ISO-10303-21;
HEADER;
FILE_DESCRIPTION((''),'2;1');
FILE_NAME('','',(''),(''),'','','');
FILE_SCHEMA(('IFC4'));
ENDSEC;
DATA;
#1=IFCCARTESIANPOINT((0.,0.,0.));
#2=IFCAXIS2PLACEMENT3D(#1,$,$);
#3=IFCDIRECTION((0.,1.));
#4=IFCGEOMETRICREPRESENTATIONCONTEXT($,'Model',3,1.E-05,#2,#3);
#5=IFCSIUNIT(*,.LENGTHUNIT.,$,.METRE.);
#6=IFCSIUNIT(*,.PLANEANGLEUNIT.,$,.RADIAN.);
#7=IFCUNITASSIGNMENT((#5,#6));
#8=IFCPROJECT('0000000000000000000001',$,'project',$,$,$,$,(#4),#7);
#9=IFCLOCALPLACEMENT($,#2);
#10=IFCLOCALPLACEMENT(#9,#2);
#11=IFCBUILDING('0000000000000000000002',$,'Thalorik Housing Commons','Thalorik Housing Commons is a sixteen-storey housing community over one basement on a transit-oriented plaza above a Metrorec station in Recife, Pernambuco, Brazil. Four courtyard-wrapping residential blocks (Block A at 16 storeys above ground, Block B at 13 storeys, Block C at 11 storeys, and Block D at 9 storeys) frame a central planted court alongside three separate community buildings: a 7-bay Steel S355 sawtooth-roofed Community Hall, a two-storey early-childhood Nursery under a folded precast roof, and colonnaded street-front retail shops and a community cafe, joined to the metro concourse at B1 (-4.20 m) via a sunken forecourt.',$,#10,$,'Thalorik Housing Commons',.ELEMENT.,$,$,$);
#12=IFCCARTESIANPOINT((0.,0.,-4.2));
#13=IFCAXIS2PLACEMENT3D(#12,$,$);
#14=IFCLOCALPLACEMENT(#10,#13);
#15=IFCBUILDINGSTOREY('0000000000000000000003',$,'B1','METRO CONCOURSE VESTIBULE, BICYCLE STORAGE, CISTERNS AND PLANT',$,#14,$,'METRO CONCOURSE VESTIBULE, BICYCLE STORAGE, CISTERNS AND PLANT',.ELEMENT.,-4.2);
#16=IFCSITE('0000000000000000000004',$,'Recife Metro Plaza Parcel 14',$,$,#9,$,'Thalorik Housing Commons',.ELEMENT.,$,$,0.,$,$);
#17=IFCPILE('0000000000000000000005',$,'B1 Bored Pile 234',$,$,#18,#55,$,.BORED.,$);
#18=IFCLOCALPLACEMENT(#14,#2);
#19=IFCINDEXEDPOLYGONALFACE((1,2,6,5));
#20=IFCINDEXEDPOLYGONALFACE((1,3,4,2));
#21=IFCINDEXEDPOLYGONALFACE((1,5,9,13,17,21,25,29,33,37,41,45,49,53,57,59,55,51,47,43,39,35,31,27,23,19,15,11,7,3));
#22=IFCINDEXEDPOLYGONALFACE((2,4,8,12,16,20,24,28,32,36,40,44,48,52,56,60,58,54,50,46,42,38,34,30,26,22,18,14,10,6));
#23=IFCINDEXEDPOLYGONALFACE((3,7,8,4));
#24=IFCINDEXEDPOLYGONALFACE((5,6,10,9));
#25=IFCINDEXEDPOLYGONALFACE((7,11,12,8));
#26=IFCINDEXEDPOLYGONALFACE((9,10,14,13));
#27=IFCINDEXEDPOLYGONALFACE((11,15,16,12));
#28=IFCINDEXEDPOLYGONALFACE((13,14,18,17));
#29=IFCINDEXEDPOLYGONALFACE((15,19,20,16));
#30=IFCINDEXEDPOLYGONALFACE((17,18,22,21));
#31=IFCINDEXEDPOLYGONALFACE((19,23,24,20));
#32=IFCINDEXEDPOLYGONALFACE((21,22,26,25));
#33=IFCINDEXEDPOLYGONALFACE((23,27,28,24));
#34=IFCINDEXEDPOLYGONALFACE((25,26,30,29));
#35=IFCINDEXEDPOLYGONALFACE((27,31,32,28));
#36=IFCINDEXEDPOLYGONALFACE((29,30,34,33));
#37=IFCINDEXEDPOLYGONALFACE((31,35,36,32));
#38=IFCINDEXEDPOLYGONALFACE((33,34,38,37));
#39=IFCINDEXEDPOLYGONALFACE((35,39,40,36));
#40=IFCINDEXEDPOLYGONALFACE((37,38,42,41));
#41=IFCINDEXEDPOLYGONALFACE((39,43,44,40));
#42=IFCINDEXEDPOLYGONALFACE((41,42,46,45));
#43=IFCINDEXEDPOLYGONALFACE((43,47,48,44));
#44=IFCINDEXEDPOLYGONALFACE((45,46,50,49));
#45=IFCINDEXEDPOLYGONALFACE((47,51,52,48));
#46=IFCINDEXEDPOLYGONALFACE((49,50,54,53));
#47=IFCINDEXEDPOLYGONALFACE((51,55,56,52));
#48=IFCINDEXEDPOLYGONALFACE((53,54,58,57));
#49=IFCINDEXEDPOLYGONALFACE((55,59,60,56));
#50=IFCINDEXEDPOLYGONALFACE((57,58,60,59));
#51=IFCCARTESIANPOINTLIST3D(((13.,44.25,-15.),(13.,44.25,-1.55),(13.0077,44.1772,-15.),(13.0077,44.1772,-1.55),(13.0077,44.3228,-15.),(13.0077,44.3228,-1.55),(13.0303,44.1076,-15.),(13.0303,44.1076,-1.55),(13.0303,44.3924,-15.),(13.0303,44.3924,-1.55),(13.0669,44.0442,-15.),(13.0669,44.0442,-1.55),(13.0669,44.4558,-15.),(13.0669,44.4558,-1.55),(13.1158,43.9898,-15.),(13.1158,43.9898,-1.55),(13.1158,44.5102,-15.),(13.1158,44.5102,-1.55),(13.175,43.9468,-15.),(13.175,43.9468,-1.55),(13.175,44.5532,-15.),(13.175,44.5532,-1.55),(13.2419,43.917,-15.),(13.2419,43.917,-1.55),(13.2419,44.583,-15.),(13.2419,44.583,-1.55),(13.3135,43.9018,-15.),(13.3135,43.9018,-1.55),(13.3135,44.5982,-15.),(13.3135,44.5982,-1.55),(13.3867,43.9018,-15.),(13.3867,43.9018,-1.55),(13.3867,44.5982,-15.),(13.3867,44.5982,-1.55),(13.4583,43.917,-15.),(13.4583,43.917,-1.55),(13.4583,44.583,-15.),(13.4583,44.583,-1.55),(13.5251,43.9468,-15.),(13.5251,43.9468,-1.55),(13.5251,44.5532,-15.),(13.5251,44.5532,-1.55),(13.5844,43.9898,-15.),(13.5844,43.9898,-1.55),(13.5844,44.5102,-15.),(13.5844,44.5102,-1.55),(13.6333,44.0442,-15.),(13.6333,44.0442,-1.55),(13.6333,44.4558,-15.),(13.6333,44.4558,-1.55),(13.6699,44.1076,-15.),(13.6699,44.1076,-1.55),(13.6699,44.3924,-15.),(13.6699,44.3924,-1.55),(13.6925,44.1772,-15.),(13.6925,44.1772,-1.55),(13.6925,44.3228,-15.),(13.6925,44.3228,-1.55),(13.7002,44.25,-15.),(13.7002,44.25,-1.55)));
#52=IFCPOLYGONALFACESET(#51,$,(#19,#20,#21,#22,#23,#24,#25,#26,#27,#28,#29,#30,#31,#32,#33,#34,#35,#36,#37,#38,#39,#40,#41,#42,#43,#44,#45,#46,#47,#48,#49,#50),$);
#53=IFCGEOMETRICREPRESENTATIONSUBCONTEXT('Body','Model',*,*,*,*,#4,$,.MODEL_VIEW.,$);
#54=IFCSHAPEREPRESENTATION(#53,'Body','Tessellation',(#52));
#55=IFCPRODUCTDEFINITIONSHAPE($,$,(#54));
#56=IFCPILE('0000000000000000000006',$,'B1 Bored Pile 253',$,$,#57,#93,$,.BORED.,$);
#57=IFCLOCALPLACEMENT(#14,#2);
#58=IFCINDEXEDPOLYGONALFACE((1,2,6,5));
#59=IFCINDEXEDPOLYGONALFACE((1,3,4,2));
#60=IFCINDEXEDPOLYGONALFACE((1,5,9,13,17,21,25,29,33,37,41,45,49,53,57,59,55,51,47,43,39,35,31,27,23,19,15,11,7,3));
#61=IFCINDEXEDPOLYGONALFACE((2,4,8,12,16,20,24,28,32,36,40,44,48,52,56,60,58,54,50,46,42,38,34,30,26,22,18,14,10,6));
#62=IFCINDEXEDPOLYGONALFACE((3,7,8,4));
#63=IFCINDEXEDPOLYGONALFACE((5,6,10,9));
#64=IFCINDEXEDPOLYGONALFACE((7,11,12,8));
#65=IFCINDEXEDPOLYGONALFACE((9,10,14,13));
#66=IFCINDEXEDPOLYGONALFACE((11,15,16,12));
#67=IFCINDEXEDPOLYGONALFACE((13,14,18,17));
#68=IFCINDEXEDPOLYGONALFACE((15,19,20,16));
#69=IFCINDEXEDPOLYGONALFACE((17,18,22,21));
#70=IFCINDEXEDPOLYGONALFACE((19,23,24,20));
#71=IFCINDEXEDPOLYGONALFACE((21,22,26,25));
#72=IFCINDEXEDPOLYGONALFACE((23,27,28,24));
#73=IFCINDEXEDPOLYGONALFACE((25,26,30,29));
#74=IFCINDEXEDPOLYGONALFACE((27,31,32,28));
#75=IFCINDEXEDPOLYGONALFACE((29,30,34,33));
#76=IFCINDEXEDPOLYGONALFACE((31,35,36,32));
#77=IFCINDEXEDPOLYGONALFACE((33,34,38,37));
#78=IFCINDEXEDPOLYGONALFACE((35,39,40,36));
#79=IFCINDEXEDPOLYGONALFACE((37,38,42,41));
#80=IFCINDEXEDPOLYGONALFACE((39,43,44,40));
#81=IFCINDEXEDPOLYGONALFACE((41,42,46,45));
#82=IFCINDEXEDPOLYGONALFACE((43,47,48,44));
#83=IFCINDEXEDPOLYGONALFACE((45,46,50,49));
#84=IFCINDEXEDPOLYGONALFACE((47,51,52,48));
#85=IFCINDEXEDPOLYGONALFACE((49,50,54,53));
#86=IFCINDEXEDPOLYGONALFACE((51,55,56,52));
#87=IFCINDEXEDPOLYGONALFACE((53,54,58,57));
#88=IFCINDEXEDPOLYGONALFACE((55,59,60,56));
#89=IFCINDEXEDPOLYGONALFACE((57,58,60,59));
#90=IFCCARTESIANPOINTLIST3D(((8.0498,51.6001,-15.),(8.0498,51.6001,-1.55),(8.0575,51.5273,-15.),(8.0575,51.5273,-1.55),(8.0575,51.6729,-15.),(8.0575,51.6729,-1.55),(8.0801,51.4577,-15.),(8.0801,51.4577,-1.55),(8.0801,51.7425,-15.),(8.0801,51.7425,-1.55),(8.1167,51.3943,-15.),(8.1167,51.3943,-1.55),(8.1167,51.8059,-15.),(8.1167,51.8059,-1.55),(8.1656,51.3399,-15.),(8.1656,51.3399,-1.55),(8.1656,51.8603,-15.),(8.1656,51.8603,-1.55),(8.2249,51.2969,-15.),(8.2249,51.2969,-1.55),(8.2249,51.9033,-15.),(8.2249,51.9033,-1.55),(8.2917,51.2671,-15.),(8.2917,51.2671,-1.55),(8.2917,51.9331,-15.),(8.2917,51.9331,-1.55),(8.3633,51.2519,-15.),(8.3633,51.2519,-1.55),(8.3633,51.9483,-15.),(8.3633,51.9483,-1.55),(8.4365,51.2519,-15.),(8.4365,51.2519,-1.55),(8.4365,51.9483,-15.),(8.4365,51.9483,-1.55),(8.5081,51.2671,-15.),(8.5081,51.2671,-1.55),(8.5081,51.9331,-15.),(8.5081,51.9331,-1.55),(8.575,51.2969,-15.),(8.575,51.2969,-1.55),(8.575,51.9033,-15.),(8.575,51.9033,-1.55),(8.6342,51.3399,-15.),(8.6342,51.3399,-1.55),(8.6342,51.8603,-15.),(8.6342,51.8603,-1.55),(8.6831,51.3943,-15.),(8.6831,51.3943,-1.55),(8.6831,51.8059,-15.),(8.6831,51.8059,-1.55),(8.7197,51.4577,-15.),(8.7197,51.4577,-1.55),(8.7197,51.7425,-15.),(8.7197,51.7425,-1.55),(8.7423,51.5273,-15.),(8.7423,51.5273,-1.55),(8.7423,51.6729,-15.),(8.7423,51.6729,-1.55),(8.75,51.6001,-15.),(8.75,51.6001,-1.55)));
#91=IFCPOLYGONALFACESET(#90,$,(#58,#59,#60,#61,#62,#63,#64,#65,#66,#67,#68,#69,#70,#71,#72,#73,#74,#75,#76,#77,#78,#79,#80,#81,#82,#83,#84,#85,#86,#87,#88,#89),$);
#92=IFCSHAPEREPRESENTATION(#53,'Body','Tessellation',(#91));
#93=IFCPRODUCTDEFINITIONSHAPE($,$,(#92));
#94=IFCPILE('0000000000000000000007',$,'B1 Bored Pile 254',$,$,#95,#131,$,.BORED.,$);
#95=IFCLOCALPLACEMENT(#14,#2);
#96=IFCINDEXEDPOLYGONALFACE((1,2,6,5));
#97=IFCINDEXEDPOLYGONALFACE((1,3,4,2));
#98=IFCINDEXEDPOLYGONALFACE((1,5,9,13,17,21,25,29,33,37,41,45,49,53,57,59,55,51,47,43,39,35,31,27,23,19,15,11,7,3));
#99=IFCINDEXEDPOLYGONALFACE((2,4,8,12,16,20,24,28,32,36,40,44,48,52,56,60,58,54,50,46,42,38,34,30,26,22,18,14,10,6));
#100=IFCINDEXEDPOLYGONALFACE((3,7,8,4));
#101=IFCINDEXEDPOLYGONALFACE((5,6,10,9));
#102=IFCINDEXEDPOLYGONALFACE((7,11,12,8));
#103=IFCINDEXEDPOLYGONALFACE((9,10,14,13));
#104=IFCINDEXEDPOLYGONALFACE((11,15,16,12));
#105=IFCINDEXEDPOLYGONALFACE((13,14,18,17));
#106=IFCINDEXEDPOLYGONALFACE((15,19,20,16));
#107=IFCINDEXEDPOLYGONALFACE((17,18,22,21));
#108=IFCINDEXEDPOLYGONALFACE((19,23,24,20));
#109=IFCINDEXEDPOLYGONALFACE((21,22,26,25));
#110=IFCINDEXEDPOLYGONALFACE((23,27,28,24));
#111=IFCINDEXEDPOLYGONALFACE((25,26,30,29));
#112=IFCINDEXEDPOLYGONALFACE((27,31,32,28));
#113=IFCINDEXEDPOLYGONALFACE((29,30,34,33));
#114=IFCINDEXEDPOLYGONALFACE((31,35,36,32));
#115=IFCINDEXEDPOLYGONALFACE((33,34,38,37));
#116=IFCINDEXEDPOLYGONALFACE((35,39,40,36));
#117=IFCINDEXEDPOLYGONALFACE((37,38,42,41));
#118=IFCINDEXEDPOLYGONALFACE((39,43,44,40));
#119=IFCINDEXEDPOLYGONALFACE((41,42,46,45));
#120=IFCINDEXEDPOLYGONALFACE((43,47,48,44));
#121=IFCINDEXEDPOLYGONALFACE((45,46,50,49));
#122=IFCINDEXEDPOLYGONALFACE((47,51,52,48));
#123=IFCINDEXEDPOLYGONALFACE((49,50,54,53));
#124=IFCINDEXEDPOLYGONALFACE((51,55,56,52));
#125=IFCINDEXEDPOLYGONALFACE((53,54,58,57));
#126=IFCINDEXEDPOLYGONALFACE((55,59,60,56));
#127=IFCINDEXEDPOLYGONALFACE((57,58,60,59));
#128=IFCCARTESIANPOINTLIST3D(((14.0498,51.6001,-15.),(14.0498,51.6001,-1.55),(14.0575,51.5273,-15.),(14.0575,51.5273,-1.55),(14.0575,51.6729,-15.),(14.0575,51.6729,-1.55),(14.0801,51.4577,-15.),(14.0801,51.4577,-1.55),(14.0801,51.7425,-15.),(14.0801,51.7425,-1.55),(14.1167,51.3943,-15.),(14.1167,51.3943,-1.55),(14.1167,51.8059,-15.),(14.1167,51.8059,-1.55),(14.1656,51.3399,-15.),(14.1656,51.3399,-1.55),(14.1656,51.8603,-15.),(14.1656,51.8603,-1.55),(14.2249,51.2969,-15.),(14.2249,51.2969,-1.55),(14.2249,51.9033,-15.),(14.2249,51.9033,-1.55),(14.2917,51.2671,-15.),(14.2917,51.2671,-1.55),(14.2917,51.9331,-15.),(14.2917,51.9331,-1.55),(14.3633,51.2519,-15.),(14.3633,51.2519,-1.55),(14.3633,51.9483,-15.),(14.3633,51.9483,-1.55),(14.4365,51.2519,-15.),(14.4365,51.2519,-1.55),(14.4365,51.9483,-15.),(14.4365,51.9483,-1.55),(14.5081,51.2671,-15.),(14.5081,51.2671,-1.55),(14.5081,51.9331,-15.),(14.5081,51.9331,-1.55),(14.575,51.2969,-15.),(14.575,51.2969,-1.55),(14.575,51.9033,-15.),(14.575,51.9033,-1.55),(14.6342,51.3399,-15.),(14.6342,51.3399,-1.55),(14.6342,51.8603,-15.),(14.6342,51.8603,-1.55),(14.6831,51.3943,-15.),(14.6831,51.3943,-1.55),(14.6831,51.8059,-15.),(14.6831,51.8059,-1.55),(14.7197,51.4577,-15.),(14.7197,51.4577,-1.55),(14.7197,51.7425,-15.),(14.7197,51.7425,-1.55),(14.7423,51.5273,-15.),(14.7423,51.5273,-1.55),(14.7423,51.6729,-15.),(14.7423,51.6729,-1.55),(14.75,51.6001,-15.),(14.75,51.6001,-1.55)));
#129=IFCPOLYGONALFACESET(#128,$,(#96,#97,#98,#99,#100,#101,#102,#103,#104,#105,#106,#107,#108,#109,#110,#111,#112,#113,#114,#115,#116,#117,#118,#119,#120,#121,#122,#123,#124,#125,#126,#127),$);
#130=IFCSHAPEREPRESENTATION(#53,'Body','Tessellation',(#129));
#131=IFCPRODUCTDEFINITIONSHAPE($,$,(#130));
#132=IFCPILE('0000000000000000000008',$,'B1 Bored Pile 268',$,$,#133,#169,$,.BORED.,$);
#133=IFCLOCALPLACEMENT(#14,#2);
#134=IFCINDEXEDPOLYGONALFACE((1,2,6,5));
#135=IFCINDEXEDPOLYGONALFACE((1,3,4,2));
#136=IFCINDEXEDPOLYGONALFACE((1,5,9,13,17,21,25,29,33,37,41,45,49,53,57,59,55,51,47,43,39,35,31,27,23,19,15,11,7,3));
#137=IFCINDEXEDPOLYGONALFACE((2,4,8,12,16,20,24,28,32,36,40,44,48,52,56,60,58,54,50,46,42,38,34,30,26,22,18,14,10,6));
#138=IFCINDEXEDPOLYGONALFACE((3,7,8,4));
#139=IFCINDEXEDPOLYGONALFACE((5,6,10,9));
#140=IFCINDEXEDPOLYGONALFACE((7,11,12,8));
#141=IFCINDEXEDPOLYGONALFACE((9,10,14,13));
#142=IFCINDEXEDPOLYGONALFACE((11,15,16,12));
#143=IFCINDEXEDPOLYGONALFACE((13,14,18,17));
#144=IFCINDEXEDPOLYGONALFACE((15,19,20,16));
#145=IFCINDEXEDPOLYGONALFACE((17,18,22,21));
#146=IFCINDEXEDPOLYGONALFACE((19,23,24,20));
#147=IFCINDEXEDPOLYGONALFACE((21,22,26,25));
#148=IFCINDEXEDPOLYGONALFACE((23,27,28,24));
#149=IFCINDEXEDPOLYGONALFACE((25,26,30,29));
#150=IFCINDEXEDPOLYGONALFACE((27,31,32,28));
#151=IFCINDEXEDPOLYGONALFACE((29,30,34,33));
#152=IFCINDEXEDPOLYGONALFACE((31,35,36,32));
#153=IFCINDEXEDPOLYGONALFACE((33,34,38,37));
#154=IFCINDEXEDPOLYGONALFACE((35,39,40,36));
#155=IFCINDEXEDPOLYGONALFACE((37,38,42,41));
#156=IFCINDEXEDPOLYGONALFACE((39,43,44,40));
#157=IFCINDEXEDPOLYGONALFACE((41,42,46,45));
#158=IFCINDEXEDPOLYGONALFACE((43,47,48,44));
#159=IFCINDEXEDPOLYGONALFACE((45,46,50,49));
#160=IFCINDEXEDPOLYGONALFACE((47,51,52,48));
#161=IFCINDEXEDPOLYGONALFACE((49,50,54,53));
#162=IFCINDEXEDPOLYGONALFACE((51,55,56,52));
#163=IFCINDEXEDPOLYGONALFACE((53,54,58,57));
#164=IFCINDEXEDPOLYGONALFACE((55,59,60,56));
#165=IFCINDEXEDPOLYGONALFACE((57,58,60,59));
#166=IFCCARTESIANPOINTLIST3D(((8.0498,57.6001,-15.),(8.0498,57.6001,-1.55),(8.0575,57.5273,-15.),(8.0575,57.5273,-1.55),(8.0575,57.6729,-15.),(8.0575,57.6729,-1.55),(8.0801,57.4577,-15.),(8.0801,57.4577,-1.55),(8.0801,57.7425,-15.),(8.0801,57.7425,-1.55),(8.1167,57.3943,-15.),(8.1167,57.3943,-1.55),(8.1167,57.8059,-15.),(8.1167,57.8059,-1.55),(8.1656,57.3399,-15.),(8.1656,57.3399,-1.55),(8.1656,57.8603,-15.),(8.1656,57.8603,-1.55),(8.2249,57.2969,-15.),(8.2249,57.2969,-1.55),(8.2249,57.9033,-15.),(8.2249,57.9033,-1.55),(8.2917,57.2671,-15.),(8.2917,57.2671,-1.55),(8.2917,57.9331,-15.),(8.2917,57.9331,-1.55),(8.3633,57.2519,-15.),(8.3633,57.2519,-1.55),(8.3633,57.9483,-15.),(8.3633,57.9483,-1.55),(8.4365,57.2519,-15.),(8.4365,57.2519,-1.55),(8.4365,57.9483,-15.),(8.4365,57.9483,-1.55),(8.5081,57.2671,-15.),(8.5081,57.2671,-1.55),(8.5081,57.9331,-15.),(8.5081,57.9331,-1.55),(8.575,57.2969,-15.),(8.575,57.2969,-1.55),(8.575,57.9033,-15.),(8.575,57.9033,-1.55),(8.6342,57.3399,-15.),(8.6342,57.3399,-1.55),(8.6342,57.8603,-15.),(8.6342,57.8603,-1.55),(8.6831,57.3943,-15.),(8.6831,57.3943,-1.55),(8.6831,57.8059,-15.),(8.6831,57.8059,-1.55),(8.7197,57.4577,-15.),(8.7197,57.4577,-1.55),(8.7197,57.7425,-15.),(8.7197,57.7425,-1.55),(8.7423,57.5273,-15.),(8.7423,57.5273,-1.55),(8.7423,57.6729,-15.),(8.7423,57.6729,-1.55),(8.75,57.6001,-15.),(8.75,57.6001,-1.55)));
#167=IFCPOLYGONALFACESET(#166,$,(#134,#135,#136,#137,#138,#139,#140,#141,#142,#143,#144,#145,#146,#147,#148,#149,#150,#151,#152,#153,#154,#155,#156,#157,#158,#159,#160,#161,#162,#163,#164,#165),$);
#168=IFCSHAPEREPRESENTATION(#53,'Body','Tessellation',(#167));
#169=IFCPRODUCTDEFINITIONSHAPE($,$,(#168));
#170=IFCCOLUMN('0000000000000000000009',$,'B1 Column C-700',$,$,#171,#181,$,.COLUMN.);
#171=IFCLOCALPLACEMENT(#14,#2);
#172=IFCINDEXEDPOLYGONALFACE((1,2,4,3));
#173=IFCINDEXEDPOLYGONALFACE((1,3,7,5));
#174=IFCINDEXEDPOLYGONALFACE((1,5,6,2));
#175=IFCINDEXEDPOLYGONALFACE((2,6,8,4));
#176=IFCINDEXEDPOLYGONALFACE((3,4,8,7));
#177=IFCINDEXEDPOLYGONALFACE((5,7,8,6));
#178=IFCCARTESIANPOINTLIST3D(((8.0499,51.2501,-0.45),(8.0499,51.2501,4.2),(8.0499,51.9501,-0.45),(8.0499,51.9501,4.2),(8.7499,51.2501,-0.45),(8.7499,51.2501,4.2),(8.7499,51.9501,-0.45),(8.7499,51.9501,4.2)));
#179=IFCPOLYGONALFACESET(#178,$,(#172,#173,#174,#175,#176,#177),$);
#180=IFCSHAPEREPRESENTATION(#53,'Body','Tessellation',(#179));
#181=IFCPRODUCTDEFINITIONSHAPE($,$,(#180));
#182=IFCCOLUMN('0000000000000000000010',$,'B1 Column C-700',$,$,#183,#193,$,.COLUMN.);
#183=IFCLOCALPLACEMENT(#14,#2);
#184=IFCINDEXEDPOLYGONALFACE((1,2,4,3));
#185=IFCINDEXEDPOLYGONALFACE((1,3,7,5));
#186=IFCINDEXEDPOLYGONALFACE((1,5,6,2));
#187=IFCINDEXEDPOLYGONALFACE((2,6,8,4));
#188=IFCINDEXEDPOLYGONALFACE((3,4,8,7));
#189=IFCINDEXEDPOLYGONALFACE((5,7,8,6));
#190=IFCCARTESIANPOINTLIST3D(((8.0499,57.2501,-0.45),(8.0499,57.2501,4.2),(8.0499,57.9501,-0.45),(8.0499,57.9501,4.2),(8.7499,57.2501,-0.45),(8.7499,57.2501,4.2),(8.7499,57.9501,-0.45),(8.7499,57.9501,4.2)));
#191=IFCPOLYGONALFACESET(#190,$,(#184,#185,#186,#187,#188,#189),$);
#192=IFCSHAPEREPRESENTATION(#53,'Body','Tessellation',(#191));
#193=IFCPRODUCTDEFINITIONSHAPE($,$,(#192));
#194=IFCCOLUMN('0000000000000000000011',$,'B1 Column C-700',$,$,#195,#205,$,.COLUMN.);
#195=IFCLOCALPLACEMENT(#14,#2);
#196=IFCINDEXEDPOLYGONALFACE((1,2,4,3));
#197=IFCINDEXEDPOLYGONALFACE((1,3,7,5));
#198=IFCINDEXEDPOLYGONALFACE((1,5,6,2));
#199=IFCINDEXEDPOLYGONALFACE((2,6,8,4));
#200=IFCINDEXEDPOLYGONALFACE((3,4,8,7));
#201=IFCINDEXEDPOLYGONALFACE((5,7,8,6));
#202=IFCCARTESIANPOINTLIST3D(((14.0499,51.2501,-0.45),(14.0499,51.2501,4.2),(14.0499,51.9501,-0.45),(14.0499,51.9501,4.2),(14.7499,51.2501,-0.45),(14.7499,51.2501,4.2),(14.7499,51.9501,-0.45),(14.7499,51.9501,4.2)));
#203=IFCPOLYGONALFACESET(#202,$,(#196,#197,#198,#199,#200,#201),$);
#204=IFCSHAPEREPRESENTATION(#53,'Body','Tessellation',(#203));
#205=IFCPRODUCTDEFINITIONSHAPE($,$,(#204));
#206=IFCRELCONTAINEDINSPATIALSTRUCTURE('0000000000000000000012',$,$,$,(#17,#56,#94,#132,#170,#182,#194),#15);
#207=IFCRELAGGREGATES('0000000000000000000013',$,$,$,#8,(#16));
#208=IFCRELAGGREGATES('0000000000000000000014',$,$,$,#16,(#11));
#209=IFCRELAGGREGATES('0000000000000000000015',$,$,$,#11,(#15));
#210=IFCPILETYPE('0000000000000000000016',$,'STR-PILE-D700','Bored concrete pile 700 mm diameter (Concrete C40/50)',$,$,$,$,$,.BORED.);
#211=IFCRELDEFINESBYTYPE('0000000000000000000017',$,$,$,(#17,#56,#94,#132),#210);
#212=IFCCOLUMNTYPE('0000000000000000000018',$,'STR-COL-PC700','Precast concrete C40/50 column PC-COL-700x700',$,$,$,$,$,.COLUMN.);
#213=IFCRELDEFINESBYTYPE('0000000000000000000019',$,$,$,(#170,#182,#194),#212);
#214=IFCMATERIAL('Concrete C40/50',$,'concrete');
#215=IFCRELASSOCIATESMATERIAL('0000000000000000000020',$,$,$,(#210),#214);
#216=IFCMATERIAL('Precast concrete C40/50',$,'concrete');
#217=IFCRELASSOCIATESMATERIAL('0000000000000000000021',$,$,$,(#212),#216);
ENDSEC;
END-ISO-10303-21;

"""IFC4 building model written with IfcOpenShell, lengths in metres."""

from ifc_helpers import new_model, si_unit, direction, frame, origin, origin_2d, place, context, subcontext, project, spatial, rectangle, circle, extrude, material, material_profile, profile_set, type_object, element, save


model = new_model("IFC4")

# Units and contexts
model_context = context("Model", 3, precision=1e-05, world=origin(), true_north=direction((0.0, 1.0)))
body_context = subcontext(model_context, "Body", "Model", "MODEL_VIEW")
ifc_project = project(units=[si_unit("LENGTHUNIT", "METRE"), si_unit("PLANEANGLEUNIT", "RADIAN")], contexts=[model_context])

# Site, building, storey
site_placement = place(None, origin())
site = spatial("IfcSite", under=ifc_project, at=site_placement, Name="Recife Metro Plaza Parcel 14", LongName="Thalorik Housing Commons", CompositionType="ELEMENT", RefElevation=0.0)
building_placement = place(site_placement, origin())
building = spatial("IfcBuilding", under=site, at=building_placement, Name="Thalorik Housing Commons", Description="Thalorik Housing Commons is a sixteen-storey housing community over one basement on a transit-oriented plaza above a Metrorec station in Recife, Pernambuco, Brazil. Four courtyard-wrapping residential blocks (Block A at 16 storeys above ground, Block B at 13 storeys, Block C at 11 storeys, and Block D at 9 storeys) frame a central planted court alongside three separate community buildings: a 7-bay Steel S355 sawtooth-roofed Community Hall, a two-storey early-childhood Nursery under a folded precast roof, and colonnaded street-front retail shops and a community cafe, joined to the metro concourse at B1 (-4.20 m) via a sunken forecourt.", LongName="Thalorik Housing Commons", CompositionType="ELEMENT")
storey_placement = place(building_placement, frame((0.0, 0.0, -4.2)))
storey = spatial("IfcBuildingStorey", under=building, at=storey_placement, Name="B1", Description="METRO CONCOURSE VESTIBULE, BICYCLE STORAGE, CISTERNS AND PLANT", LongName="METRO CONCOURSE VESTIBULE, BICYCLE STORAGE, CISTERNS AND PLANT", CompositionType="ELEMENT", Elevation=-4.2)

# Shared definitions
ifc_material_1 = material(Name="Concrete C40/50", Category="concrete")

# Piles
ifc_material_profile_1 = material_profile(ifc_material_1, circle(Radius=0.3501, at=origin_2d()), Name="BORED PILE D700", Category="concrete")
ifc_profile_set_1 = profile_set([ifc_material_profile_1], Name="Concrete C40/50")
pile_type = type_object("IfcPileType", Name="STR-PILE-D700", Description="Bored concrete pile 700 mm diameter (Concrete C40/50)", PredefinedType="BORED", material=ifc_profile_set_1)
for number, where, z_axis, x_axis, name in (
    (1, (13.3501, 44.25, -1.55), (0.0, 0.0, -1.0), (1.0, 0.0, 0.0), "B1 Bored Pile 234"),
    (2, (8.3999, 51.6001, -1.55), (0.0, 0.0, -1.0), (1.0, 0.0, 0.0), "B1 Bored Pile 253"),
    (3, (14.3999, 51.6001, -1.55), (0.0, 0.0, -1.0), (1.0, 0.0, 0.0), "B1 Bored Pile 254"),
    (4, (8.3999, 57.6001, -1.55), (0.0, 0.0, -1.0), (1.0, 0.0, 0.0), "B1 Bored Pile 268"),
):
    element("IfcPile", number, at=place(storey_placement, frame(where, z_axis=z_axis, x_axis=x_axis)), inside=storey, type_object=pile_type, Name=name, PredefinedType="BORED", context=body_context, shape_type="SweptSolid", body=[
        extrude(circle(Radius=0.3501, at=origin_2d()), origin(), (0.0, 0.0, 1.0), 13.45),
    ])

# Columns
ifc_material_2 = material(Name="Precast concrete C40/50", Category="concrete")
ifc_material_profile_2 = material_profile(ifc_material_2, rectangle(XDim=0.7, YDim=0.7, at=origin_2d()), Name="PC 700x700", Category="concrete")
ifc_profile_set_2 = profile_set([ifc_material_profile_2], Name="Precast concrete C40/50")
column_type = type_object("IfcColumnType", Name="STR-COL-PC700", Description="Precast concrete C40/50 column PC-COL-700x700", PredefinedType="COLUMN", material=ifc_profile_set_2)
for number, where, z_axis, x_axis, name in (
    (5, (8.3999, 51.6001, -0.45), (0.0, 0.0, 1.0), (1.0, 0.0, 0.0), "B1 Column C-700"),
    (6, (8.3999, 57.6001, -0.45), (0.0, 0.0, 1.0), (1.0, 0.0, 0.0), "B1 Column C-700"),
    (7, (14.3999, 51.6001, -0.45), (0.0, 0.0, 1.0), (1.0, 0.0, 0.0), "B1 Column C-700"),
):
    element("IfcColumn", number, at=place(storey_placement, frame(where, z_axis=z_axis, x_axis=x_axis)), inside=storey, type_object=column_type, Name=name, PredefinedType="COLUMN", context=body_context, shape_type="SweptSolid", body=[
        extrude(rectangle(XDim=0.7, YDim=0.7, at=origin_2d()), origin(), (0.0, 0.0, 1.0), 4.6499),
    ])

save(model, "model.ifc")
